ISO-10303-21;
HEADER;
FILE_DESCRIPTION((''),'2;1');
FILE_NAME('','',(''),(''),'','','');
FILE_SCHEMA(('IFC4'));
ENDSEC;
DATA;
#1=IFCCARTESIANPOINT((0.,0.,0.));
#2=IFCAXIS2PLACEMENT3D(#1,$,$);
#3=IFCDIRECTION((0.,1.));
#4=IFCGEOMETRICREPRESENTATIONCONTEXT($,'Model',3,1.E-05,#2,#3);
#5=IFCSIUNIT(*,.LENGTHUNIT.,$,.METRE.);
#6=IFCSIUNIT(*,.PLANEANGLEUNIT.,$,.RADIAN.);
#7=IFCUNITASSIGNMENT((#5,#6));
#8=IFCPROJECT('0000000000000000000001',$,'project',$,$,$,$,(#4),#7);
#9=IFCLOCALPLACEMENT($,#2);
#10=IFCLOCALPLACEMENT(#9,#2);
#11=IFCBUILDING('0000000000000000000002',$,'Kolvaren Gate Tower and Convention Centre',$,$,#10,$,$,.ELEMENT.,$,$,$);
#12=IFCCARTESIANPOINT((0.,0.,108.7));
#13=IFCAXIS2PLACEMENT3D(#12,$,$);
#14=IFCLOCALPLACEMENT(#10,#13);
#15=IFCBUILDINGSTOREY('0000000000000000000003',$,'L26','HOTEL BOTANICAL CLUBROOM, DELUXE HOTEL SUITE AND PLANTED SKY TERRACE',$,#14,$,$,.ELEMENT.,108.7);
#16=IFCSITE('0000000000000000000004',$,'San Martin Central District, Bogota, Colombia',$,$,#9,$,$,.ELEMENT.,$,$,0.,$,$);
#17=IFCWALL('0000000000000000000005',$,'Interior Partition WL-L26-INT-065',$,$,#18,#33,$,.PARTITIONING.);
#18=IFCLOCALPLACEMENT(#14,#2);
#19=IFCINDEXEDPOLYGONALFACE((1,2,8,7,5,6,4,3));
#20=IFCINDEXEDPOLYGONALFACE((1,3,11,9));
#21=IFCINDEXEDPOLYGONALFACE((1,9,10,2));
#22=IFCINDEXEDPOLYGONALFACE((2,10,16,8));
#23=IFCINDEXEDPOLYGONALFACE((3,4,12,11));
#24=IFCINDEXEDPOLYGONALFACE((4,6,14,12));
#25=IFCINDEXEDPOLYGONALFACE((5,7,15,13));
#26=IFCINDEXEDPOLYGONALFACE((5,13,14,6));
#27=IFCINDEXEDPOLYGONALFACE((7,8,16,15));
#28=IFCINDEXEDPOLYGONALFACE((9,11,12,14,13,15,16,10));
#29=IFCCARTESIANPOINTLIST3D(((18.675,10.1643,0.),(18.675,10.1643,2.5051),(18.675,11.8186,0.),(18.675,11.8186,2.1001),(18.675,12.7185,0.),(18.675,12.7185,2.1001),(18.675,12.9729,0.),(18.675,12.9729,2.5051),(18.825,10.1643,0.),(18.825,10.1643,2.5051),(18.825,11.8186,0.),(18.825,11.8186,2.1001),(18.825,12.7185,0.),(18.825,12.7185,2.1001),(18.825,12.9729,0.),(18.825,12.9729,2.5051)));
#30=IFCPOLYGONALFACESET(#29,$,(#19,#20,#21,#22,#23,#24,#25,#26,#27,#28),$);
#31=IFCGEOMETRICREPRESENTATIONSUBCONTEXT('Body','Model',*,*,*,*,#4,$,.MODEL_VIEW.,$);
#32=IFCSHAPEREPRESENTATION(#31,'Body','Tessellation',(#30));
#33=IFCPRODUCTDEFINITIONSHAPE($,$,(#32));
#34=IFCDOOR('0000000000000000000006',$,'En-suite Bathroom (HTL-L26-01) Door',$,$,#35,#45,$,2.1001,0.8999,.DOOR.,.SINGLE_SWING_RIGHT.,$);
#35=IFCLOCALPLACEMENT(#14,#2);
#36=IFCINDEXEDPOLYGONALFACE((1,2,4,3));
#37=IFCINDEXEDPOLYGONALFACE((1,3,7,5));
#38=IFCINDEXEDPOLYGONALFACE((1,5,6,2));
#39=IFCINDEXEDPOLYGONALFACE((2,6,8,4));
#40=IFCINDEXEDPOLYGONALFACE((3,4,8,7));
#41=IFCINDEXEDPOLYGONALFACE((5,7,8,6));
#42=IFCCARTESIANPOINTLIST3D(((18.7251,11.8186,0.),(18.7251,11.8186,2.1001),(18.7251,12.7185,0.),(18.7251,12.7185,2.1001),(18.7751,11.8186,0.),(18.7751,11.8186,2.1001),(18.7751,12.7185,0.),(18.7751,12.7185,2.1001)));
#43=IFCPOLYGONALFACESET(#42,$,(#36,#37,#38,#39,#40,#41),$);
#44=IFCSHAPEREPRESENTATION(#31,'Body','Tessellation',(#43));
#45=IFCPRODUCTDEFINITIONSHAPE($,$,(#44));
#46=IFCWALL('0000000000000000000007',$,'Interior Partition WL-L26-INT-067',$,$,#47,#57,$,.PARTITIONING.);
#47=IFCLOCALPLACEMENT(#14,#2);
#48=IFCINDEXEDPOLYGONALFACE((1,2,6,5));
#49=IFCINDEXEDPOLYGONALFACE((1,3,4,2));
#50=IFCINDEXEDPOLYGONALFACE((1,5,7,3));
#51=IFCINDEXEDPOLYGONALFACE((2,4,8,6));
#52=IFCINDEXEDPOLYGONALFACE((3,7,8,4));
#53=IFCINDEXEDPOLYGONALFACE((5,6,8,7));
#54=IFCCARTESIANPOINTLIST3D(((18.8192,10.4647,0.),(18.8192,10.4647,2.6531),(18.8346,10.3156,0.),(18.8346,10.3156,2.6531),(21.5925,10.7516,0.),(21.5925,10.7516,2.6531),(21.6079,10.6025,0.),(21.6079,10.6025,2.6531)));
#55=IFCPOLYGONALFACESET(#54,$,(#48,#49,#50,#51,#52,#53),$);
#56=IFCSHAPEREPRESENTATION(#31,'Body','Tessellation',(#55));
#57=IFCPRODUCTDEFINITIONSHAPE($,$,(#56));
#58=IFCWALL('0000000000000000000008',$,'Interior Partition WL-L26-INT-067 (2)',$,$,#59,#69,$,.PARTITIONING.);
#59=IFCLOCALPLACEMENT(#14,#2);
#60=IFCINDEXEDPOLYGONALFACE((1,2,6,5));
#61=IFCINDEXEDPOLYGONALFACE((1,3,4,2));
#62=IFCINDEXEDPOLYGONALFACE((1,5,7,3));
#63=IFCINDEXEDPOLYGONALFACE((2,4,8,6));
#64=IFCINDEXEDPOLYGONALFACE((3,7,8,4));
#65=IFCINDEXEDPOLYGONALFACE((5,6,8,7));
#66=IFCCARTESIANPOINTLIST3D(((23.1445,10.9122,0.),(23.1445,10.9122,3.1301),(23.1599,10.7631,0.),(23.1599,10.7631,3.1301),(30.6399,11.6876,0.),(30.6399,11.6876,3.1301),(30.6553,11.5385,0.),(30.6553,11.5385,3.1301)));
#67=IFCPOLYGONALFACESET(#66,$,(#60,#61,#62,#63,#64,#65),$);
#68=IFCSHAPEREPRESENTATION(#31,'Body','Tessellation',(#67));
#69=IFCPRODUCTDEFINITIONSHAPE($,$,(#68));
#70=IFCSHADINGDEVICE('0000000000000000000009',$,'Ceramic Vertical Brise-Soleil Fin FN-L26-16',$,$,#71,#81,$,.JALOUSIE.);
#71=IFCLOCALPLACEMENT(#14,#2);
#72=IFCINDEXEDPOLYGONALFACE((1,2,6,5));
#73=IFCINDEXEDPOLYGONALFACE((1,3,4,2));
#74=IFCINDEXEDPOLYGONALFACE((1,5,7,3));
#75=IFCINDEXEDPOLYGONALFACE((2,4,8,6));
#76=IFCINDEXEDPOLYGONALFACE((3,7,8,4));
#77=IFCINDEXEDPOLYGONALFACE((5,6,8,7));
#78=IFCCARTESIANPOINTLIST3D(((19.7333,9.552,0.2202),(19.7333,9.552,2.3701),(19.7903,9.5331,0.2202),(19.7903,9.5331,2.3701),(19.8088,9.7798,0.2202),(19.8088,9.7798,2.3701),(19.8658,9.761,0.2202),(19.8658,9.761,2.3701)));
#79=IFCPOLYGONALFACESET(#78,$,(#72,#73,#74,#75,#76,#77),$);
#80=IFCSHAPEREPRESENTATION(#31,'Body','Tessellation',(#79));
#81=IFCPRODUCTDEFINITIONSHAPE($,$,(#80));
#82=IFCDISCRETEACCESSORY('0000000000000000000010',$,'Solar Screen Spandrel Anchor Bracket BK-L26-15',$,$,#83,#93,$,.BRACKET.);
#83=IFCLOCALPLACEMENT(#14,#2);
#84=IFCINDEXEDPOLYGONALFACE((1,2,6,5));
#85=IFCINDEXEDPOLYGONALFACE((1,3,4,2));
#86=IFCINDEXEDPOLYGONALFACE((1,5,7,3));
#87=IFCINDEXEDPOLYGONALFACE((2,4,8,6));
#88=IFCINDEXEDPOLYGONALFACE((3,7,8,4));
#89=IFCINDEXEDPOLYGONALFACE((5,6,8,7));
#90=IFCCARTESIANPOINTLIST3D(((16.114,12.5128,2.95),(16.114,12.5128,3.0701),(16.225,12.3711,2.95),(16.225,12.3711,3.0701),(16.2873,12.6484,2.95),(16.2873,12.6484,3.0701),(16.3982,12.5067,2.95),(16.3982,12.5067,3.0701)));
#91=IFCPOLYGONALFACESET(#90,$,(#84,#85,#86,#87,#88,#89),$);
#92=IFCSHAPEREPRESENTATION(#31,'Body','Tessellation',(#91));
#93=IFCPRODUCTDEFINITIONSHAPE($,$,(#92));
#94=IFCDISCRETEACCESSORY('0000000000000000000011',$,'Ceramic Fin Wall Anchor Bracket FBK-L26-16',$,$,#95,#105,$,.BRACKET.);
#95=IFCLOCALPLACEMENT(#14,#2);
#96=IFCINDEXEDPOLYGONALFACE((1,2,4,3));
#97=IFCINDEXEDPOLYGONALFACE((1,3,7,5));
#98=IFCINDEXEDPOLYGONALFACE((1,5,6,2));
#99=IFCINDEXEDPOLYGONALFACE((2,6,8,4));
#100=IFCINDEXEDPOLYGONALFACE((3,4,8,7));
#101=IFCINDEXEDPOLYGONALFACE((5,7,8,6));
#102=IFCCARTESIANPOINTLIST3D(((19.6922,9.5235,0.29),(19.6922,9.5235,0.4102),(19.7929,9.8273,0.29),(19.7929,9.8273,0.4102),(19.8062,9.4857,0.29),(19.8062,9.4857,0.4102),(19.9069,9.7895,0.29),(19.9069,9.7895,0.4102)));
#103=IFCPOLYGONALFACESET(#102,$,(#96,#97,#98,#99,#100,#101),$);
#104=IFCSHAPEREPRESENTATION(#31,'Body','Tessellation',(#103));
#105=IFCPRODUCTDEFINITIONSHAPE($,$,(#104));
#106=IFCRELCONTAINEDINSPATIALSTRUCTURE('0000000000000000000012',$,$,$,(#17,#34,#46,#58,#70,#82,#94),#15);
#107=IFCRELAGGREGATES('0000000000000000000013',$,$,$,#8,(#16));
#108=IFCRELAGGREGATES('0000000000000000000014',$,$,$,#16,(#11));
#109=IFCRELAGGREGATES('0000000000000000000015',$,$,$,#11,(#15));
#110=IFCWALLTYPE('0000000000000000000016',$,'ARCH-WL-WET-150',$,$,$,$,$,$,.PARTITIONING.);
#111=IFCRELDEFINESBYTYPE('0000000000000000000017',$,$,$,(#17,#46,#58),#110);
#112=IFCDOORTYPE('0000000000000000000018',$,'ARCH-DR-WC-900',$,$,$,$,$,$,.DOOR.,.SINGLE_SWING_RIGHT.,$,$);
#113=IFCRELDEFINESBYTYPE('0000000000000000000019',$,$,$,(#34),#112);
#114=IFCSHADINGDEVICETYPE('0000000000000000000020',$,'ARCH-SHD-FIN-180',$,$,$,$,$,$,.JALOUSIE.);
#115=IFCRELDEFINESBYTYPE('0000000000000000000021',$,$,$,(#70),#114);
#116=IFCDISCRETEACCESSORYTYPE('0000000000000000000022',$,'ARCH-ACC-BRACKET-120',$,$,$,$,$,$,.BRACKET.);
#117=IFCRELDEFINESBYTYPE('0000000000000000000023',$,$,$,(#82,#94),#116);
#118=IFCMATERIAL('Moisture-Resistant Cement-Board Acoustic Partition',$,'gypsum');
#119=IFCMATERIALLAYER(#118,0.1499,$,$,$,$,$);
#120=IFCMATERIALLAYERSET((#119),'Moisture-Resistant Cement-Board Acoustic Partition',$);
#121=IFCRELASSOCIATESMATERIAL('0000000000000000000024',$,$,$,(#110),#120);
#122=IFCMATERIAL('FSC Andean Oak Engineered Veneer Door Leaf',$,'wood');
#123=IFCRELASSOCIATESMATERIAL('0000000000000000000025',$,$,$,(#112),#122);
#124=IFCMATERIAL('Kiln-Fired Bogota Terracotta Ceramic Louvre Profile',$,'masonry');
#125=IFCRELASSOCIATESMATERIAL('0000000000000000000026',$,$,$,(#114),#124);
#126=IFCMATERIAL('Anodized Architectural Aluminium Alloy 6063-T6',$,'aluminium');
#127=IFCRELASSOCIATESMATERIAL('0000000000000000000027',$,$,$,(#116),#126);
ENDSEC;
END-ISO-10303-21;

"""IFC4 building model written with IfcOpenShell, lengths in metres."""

from ifc_helpers import new_model, si_unit, direction, frame, frame_2d, origin, origin_2d, place, context, subcontext, project, spatial, rectangle, extrude, material, layer, layer_set, type_object, element, fill, save


model = new_model("IFC4")

# Units and contexts
model_context = context("Model", 3, precision=1e-05, world=origin(), true_north=direction((0.0, 1.0)))
body_context = subcontext(model_context, "Body", "Model", "MODEL_VIEW")
ifc_project = project(units=[si_unit("LENGTHUNIT", "METRE"), si_unit("PLANEANGLEUNIT", "RADIAN")], contexts=[model_context])

# Site, building, storey
site_placement = place(None, origin())
site = spatial("IfcSite", under=ifc_project, at=site_placement, Name="San Martin Central District, Bogota, Colombia", CompositionType="ELEMENT", RefElevation=0.0)
building_placement = place(site_placement, origin())
building = spatial("IfcBuilding", under=site, at=building_placement, Name="Kolvaren Gate Tower and Convention Centre", CompositionType="ELEMENT")
storey_placement = place(building_placement, frame((0.0, 0.0, 108.7)))
storey = spatial("IfcBuildingStorey", under=building, at=storey_placement, Name="L26", Description="HOTEL BOTANICAL CLUBROOM, DELUXE HOTEL SUITE AND PLANTED SKY TERRACE", CompositionType="ELEMENT", Elevation=108.7)

# Shared definitions
ifc_material_1 = material(Name="Anodized Architectural Aluminium Alloy 6063-T6", Category="aluminium")

# Shared definitions
ifc_material_2 = material(Name="Moisture-Resistant Cement-Board Acoustic Partition", Category="gypsum")
ifc_layer_1 = layer(ifc_material_2, 0.1499)
ifc_layer_set_1 = layer_set([ifc_layer_1], Name="Moisture-Resistant Cement-Board Acoustic Partition")
wall_type_1 = type_object("IfcWallType", Name="ARCH-WL-WET-150", PredefinedType="PARTITIONING", material=ifc_layer_set_1)

# Wall, opening, door
wall_1_placement = place(storey_placement, frame((18.75, 10.1643, 0.0), z_axis=(0.0, 0.0, 1.0), x_axis=(0.0, 1.0, 0.0)))
wall_1 = element("IfcWall", 1, at=wall_1_placement, inside=storey, type_object=wall_type_1, Name="Interior Partition WL-L26-INT-065", PredefinedType="PARTITIONING", context=body_context, shape_type="SweptSolid", body=[
    extrude(rectangle(XDim=2.8086, YDim=0.1499, at=frame_2d((1.4043, 0.0))), origin(), (0.0, 0.0, 1.0), 2.5051),
])
opening_1_placement = place(wall_1_placement, frame((1.6543, 0.0, 0.0)))
opening_1 = element("IfcOpeningElement", 2, at=opening_1_placement, cuts=wall_1, PredefinedType="OPENING", context=body_context, shape_type="SweptSolid", body=[
    extrude(rectangle(XDim=0.8999, YDim=2.1001, at=frame_2d((0.45, 1.05))), frame((0.0, 0.085, 0.0), z_axis=(0.0, -1.0, 0.0), x_axis=(1.0, 0.0, 0.0)), (0.0, 0.0, 1.0), 0.1699),
])
ifc_material_3 = material(Name="FSC Andean Oak Engineered Veneer Door Leaf", Category="wood")
door_type_1 = type_object("IfcDoorType", Name="ARCH-DR-WC-900", OperationType="SINGLE_SWING_RIGHT", PredefinedType="DOOR", material=ifc_material_3)
door_1_placement = place(opening_1_placement, origin())
door_1 = element("IfcDoor", 3, at=door_1_placement, inside=storey, type_object=door_type_1, Name="En-suite Bathroom (HTL-L26-01) Door", OperationType="SINGLE_SWING_RIGHT", OverallHeight=2.1001, OverallWidth=0.8999, PredefinedType="DOOR", context=body_context, shape_type="SweptSolid", body=[
    extrude(rectangle(XDim=0.8999, YDim=2.1001, at=frame_2d((0.45, 1.05))), frame((0.0, 0.0249, 0.0), z_axis=(0.0, -1.0, 0.0), x_axis=(1.0, 0.0, 0.0)), (0.0, 0.0, 1.0), 0.05),
])
fill(opening_1, door_1)

# Walls
wall_2_placement = place(storey_placement, frame((18.8269, 10.3901, 0.0), z_axis=(0.0, 0.0, 1.0), x_axis=(0.994692, 0.102893, 0.0)))
element("IfcWall", 4, at=wall_2_placement, inside=storey, type_object=wall_type_1, Name="Interior Partition WL-L26-INT-067", PredefinedType="PARTITIONING", context=body_context, shape_type="SweptSolid", body=[
    extrude(rectangle(XDim=2.7881, YDim=0.1499, at=frame_2d((1.394, 0.0))), origin(), (0.0, 0.0, 1.0), 2.6531),
])
wall_3_placement = place(storey_placement, frame((23.1523, 10.8376, 0.0), z_axis=(0.0, 0.0, 1.0), x_axis=(0.994692, 0.1029, 0.0)))
element("IfcWall", 5, at=wall_3_placement, inside=storey, type_object=wall_type_1, Name="Interior Partition WL-L26-INT-067 (2)", PredefinedType="PARTITIONING", context=body_context, shape_type="SweptSolid", body=[
    extrude(rectangle(XDim=7.5354, YDim=0.1499, at=frame_2d((3.7676, 0.0))), origin(), (0.0, 0.0, 1.0), 3.1301),
])

# Shading device
ifc_material_4 = material(Name="Kiln-Fired Bogota Terracotta Ceramic Louvre Profile", Category="masonry")
shading_device_type = type_object("IfcShadingDeviceType", Name="ARCH-SHD-FIN-180", PredefinedType="JALOUSIE", material=ifc_material_4)
shading_device_placement = place(storey_placement, frame((19.7996, 9.6565, 0.2202), z_axis=(0.0, 0.0, 1.0), x_axis=(0.94924, -0.314552, 0.0)))
element("IfcShadingDevice", 6, at=shading_device_placement, inside=storey, type_object=shading_device_type, Name="Ceramic Vertical Brise-Soleil Fin FN-L26-16", PredefinedType="JALOUSIE", context=body_context, shape_type="SweptSolid", body=[
    extrude(rectangle(XDim=0.0601, YDim=0.24, at=origin_2d()), origin(), (0.0, 0.0, 1.0), 2.1499),
])

# Discrete accessories
discrete_accessory_type = type_object("IfcDiscreteAccessoryType", Name="ARCH-ACC-BRACKET-120", PredefinedType="BRACKET", material=ifc_material_1)
discrete_accessory_1_placement = place(storey_placement, frame((16.2561, 12.5098, 2.95), z_axis=(0.0, 0.0, 1.0), x_axis=(0.616424, -0.787414, 0.0)))
element("IfcDiscreteAccessory", 7, at=discrete_accessory_1_placement, inside=storey, type_object=discrete_accessory_type, Name="Solar Screen Spandrel Anchor Bracket BK-L26-15", PredefinedType="BRACKET", context=body_context, shape_type="SweptSolid", body=[
    extrude(rectangle(XDim=0.1799, YDim=0.22, at=origin_2d()), origin(), (0.0, 0.0, 1.0), 0.1201),
])
discrete_accessory_2_placement = place(storey_placement, frame((19.7996, 9.6565, 0.29), z_axis=(0.0, 0.0, 1.0), x_axis=(0.94924, -0.314552, 0.0)))
element("IfcDiscreteAccessory", 8, at=discrete_accessory_2_placement, inside=storey, type_object=discrete_accessory_type, Name="Ceramic Fin Wall Anchor Bracket FBK-L26-16", PredefinedType="BRACKET", context=body_context, shape_type="SweptSolid", body=[
    extrude(rectangle(XDim=0.1201, YDim=0.3201, at=origin_2d()), origin(), (0.0, 0.0, 1.0), 0.1201),
])

save(model, "model.ifc")
